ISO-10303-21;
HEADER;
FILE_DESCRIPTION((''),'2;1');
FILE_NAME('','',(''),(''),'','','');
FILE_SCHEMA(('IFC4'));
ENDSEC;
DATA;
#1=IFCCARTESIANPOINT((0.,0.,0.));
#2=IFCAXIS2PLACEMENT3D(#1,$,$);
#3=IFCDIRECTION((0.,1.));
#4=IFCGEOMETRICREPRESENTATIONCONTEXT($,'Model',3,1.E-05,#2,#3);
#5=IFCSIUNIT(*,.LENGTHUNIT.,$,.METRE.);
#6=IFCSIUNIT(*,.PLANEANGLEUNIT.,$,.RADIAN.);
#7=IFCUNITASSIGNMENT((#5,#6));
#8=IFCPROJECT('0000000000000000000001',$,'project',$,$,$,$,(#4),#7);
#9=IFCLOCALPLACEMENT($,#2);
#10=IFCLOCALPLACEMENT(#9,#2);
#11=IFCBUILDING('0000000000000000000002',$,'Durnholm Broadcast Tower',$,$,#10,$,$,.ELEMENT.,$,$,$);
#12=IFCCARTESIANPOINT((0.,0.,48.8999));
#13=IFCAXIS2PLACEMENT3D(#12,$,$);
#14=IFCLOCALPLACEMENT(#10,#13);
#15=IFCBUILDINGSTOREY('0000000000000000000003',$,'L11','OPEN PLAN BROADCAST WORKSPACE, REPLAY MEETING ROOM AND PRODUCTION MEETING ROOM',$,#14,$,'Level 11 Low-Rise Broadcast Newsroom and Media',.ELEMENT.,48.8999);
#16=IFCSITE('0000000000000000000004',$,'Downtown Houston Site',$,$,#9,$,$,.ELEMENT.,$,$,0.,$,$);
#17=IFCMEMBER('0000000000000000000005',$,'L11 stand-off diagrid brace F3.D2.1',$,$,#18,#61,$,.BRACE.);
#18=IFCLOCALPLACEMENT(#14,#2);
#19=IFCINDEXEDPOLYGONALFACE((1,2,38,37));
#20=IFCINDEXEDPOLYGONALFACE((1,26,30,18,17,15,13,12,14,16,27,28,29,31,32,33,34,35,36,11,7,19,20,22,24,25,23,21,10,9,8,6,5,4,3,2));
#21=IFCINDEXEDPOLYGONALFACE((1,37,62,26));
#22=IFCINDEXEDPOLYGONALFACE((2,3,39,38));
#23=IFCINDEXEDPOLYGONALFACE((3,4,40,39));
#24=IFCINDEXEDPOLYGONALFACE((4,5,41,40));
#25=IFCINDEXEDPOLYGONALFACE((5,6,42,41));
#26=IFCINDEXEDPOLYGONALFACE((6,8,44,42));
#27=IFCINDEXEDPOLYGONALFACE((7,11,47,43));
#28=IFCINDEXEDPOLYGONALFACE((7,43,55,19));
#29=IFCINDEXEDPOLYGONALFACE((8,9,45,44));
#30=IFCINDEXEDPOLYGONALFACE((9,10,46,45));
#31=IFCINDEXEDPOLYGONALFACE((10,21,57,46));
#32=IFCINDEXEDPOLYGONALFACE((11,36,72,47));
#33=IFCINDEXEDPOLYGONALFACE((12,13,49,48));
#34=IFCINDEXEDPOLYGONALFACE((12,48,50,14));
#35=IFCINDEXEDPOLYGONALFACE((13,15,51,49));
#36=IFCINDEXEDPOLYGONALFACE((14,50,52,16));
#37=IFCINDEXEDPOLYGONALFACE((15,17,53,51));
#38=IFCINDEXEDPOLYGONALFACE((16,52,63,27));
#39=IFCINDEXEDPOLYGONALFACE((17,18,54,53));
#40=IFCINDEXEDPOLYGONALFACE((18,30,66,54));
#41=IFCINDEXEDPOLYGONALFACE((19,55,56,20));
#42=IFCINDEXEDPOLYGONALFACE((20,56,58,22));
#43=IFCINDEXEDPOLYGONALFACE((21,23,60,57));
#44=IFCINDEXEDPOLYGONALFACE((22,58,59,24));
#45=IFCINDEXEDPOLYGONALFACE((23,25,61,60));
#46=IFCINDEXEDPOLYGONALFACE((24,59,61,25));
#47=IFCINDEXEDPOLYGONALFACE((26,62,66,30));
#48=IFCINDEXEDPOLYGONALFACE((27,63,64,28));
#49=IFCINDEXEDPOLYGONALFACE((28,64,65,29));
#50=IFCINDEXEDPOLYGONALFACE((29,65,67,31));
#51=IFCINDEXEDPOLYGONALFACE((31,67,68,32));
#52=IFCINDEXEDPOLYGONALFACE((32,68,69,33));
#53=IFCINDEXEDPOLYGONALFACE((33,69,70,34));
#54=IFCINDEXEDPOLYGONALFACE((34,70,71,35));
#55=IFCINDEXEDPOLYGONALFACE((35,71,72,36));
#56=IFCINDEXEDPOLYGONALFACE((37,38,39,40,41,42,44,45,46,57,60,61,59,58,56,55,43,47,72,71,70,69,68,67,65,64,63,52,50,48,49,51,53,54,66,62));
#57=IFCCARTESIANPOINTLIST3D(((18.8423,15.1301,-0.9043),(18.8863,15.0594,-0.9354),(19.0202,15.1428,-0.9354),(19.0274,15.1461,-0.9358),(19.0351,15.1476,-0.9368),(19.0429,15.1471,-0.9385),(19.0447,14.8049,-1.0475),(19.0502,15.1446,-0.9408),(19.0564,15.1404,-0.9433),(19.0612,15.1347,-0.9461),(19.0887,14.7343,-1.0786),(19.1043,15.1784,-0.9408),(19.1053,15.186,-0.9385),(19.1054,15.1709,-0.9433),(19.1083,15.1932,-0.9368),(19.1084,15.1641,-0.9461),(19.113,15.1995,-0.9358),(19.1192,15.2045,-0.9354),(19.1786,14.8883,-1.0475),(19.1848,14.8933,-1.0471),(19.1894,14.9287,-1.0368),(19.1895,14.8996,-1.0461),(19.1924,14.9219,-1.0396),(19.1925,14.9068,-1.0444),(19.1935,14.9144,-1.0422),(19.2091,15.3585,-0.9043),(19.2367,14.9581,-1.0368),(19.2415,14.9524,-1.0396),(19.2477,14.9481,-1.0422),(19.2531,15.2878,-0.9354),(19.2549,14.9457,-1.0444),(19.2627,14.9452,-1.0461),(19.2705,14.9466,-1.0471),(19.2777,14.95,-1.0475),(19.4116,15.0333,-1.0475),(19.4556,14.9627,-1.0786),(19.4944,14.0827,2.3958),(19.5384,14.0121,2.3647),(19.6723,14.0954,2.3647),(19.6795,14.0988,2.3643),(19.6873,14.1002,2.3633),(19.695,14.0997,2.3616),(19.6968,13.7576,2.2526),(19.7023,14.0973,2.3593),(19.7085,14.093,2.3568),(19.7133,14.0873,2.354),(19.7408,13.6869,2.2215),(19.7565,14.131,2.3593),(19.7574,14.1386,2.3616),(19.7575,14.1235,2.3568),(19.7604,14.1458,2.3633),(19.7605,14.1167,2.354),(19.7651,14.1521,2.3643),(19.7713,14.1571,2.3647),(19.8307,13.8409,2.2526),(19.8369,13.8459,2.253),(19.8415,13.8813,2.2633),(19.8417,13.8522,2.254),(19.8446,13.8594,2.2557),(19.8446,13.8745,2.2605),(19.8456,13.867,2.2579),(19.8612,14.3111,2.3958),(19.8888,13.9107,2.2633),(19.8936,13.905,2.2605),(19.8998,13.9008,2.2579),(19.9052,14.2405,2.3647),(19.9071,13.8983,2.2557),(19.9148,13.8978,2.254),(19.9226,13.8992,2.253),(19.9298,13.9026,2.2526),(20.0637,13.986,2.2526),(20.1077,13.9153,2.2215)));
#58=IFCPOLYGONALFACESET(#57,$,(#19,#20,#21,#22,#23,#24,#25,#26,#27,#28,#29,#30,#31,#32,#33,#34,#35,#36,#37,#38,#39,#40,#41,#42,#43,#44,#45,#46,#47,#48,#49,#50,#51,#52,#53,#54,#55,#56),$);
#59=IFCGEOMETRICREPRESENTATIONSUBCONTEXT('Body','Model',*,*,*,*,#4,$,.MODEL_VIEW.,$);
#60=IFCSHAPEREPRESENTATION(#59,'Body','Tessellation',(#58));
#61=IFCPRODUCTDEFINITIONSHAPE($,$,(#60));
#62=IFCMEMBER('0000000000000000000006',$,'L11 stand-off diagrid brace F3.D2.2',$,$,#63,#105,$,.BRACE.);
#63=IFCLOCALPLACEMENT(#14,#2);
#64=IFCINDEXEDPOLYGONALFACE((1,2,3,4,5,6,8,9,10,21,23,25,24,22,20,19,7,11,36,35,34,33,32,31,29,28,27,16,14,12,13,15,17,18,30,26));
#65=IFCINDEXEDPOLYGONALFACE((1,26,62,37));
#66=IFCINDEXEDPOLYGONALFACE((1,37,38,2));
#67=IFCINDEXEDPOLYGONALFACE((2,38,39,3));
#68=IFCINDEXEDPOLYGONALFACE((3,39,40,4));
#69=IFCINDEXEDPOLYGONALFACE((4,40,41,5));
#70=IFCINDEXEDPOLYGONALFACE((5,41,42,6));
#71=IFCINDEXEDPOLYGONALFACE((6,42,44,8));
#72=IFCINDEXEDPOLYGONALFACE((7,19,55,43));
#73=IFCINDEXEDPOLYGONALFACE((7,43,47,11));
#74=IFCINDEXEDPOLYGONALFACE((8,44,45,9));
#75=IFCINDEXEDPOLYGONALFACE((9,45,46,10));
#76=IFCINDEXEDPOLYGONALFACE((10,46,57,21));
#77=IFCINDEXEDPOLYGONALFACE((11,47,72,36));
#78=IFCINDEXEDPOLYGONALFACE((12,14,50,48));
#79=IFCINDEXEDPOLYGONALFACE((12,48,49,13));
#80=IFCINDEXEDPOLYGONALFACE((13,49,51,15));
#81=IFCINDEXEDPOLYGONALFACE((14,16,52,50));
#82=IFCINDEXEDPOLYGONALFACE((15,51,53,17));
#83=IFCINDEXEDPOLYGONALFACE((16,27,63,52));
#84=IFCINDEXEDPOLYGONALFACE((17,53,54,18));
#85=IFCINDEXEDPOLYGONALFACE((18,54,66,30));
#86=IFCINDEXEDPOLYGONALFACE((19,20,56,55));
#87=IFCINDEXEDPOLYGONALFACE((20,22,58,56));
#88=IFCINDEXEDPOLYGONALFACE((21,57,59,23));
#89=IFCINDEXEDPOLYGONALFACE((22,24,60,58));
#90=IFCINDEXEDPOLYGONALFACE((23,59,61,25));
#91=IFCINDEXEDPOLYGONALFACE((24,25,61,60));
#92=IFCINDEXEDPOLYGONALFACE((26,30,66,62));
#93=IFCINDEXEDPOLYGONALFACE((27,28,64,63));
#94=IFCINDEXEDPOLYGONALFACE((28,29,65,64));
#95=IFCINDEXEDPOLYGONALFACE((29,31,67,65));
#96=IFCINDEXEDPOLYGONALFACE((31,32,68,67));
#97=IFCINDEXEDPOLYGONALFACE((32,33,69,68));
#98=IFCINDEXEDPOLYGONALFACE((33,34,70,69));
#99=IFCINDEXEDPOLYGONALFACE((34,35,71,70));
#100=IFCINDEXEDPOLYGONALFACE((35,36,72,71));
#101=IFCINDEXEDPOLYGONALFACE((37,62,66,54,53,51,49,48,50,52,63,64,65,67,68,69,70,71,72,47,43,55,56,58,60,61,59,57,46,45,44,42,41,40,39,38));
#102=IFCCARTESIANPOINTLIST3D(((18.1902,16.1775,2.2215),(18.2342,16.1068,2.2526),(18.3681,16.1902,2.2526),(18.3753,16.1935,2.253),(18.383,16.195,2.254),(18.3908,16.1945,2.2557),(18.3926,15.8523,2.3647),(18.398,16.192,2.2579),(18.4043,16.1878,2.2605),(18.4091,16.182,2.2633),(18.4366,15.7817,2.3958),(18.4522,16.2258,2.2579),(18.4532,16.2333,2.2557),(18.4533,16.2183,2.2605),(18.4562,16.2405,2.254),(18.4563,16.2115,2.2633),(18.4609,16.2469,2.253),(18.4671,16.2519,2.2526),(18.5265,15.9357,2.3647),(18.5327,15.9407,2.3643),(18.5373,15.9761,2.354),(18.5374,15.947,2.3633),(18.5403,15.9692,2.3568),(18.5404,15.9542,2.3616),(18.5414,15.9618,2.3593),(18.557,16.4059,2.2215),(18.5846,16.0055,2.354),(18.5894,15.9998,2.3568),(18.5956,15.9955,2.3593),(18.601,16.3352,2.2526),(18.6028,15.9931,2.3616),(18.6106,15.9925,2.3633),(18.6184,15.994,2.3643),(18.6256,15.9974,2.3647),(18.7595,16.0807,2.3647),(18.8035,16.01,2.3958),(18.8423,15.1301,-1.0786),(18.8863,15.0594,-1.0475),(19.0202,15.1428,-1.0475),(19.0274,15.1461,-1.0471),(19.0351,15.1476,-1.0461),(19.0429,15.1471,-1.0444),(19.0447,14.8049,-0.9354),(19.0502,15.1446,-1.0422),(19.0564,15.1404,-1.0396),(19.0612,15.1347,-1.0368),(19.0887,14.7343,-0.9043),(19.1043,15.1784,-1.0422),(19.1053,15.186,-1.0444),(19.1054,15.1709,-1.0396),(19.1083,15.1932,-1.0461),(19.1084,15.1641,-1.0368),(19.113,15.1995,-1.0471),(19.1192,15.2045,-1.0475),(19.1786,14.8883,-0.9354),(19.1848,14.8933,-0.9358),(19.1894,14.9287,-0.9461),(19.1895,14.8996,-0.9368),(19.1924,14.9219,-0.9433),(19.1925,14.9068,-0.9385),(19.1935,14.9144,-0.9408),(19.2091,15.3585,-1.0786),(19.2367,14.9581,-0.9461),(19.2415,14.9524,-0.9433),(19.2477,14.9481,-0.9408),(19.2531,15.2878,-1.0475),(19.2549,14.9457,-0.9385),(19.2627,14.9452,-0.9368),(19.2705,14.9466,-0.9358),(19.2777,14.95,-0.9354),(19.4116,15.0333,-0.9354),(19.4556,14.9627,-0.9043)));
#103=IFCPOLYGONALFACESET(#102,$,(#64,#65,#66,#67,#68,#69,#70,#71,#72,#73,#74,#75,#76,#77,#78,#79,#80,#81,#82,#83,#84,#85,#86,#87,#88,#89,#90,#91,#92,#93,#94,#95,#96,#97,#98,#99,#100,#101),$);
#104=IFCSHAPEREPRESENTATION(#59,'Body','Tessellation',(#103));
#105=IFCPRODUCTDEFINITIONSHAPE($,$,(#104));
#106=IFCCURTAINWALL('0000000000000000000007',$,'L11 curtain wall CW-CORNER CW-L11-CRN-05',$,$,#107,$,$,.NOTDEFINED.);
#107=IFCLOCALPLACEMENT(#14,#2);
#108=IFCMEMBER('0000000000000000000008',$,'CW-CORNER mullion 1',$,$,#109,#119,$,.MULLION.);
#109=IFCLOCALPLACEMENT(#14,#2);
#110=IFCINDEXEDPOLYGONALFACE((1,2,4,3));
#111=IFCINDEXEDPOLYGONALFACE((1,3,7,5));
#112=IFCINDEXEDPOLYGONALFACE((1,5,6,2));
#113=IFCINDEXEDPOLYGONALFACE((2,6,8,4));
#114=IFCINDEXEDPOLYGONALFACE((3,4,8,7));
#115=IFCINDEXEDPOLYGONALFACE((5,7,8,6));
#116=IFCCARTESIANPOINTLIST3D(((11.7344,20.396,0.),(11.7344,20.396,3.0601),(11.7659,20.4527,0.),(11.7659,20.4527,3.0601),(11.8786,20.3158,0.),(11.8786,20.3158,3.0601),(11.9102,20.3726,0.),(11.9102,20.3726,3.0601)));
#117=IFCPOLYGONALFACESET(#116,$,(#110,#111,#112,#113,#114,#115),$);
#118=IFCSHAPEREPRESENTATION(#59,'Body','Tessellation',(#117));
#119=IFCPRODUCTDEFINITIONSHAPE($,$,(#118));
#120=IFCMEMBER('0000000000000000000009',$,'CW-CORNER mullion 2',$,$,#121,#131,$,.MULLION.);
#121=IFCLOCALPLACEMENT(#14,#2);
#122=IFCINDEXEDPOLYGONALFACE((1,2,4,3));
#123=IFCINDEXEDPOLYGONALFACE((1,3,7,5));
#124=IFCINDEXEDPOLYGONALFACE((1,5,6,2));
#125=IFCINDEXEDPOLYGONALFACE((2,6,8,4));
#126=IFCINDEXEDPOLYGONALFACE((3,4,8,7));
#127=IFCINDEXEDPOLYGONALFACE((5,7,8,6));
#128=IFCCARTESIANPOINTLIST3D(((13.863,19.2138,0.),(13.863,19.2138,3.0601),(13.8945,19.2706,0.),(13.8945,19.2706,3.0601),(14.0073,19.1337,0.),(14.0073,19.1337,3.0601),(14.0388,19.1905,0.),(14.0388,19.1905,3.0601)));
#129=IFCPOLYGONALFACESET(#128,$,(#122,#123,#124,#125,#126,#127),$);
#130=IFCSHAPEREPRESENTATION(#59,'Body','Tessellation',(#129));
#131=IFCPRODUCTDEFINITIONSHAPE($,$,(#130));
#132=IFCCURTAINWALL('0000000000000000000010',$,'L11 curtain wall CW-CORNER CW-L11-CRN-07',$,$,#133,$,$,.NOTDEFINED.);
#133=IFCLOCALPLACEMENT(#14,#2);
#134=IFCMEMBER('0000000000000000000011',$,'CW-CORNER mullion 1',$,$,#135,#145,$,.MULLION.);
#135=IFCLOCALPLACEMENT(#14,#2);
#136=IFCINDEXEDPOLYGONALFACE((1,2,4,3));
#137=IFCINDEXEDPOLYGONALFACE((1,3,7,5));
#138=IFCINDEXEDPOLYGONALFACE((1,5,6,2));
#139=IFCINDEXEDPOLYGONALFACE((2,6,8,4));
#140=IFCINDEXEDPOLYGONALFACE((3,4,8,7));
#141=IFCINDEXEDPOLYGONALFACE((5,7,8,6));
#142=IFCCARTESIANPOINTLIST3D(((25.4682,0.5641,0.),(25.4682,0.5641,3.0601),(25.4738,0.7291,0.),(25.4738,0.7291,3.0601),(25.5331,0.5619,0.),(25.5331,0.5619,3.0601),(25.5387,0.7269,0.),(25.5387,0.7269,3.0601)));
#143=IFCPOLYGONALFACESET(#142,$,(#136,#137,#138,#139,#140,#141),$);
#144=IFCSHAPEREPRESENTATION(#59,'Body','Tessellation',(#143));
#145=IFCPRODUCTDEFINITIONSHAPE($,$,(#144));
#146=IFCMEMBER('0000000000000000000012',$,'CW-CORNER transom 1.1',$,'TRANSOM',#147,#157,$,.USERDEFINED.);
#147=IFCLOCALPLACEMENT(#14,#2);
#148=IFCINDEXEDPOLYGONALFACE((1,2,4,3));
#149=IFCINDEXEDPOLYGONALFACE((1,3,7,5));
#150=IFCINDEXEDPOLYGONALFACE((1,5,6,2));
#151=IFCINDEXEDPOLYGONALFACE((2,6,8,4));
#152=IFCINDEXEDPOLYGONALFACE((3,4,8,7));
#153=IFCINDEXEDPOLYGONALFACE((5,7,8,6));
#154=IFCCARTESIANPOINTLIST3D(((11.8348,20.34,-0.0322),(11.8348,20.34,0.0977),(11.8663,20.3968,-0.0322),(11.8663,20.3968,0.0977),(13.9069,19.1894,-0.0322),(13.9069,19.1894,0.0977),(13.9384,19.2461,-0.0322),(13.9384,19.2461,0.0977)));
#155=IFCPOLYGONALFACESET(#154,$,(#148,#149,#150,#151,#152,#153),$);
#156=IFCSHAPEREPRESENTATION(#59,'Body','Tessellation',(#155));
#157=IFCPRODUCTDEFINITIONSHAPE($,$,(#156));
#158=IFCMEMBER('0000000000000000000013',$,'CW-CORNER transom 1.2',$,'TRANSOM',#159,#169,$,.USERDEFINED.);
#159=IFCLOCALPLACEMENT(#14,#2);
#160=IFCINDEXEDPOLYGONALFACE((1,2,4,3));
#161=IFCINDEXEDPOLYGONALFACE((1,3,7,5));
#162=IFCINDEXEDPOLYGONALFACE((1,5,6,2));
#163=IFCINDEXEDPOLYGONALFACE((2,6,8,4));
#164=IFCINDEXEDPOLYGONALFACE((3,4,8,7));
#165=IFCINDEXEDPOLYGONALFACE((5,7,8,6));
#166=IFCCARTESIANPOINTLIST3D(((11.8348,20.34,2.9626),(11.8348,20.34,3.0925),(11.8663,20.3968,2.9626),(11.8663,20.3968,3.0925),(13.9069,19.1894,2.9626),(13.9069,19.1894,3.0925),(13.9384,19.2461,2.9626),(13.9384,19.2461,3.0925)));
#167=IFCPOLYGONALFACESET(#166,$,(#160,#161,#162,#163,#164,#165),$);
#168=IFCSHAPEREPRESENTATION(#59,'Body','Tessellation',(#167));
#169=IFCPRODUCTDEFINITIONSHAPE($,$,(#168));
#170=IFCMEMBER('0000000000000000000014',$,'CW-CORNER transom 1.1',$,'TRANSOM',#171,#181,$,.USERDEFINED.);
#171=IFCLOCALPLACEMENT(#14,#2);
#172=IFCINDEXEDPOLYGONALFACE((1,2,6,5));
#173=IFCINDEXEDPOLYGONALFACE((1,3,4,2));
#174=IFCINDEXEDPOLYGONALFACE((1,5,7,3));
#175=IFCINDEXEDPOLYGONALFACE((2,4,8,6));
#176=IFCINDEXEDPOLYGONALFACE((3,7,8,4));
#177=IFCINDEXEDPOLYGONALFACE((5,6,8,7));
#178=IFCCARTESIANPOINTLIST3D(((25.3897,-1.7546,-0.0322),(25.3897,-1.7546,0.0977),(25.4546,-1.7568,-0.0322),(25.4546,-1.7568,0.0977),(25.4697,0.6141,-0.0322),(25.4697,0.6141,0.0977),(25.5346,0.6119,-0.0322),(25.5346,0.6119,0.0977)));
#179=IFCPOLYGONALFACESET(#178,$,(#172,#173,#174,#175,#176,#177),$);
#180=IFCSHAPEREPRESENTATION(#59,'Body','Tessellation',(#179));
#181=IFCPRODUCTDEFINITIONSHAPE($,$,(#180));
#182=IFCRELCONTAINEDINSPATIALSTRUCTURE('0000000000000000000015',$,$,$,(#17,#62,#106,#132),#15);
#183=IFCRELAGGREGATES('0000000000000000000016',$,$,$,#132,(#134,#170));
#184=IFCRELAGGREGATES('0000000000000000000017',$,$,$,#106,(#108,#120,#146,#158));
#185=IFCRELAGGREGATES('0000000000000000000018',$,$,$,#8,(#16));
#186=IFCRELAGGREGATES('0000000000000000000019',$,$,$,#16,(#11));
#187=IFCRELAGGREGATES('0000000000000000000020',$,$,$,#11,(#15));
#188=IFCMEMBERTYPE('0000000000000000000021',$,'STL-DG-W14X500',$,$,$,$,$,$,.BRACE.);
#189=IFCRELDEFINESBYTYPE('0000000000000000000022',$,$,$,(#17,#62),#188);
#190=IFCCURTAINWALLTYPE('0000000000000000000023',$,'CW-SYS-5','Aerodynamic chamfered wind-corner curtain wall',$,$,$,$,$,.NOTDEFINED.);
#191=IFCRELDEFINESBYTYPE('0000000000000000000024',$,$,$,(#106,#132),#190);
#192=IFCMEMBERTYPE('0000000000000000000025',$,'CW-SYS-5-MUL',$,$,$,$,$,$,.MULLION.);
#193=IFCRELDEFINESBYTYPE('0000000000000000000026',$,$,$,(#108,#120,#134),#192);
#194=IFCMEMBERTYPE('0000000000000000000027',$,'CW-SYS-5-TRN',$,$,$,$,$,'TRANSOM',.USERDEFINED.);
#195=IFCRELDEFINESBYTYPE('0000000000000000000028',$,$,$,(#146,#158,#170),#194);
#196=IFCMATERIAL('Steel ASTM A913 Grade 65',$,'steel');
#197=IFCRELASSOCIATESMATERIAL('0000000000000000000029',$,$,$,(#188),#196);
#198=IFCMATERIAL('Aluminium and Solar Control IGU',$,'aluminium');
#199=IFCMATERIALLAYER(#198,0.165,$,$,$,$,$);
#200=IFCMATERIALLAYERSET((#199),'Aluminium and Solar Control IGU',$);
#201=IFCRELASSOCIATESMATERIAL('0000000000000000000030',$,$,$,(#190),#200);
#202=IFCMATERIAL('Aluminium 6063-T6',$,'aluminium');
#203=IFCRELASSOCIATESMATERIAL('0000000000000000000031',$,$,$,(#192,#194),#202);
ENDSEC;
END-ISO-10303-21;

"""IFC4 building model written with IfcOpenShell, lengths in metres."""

from ifc_helpers import new_model, si_unit, direction, frame, origin, origin_2d, place, context, subcontext, project, spatial, rectangle, i_section, extrude, source, transform, mapped, material, layer, layer_set, material_profile, profile_set, type_object, type_shapes, element, aggregate, save


model = new_model("IFC4")

# Units and contexts
model_context = context("Model", 3, precision=1e-05, world=origin(), true_north=direction((0.0, 1.0)))
body_context = subcontext(model_context, "Body", "Model", "MODEL_VIEW")
ifc_project = project(units=[si_unit("LENGTHUNIT", "METRE"), si_unit("PLANEANGLEUNIT", "RADIAN")], contexts=[model_context])

# Site, building, storey
site_placement = place(None, origin())
site = spatial("IfcSite", under=ifc_project, at=site_placement, Name="Downtown Houston Site", CompositionType="ELEMENT", RefElevation=0.0)
building_placement = place(site_placement, origin())
building = spatial("IfcBuilding", under=site, at=building_placement, Name="Durnholm Broadcast Tower", CompositionType="ELEMENT")
storey_placement = place(building_placement, frame((0.0, 0.0, 48.8999)))
storey = spatial("IfcBuildingStorey", under=building, at=storey_placement, Name="L11", Description="OPEN PLAN BROADCAST WORKSPACE, REPLAY MEETING ROOM AND PRODUCTION MEETING ROOM", LongName="Level 11 Low-Rise Broadcast Newsroom and Media", CompositionType="ELEMENT", Elevation=48.8999)

# Members
ifc_material_1 = material(Name="Steel ASTM A913 Grade 65", Category="steel")
ifc_material_profile_1 = material_profile(ifc_material_1, i_section(OverallWidth=0.4321, OverallDepth=0.4978, WebThickness=0.0557, FlangeThickness=0.0889, FilletRadius=0.0305, at=origin_2d()), Name="W14X500")
ifc_profile_set_1 = profile_set([ifc_material_profile_1], Name="Steel ASTM A913 Grade 65")
member_type_1 = type_object("IfcMemberType", Name="STL-DG-W14X500", PredefinedType="BRACE", material=ifc_profile_set_1)
shared_shape_1 = source(origin(), body_context, "Body", "SweptSolid", [
    extrude(i_section(OverallWidth=0.4321, OverallDepth=0.4978, WebThickness=0.0557, FlangeThickness=0.0889, FilletRadius=0.0305, at=origin_2d()), origin(), (0.0, 0.0, 1.0), 3.5232),
])
type_shapes(member_type_1, [shared_shape_1])
for number, where, z_axis, x_axis, name in (
    (1, (19.1489, 15.0464, -0.9915), (0.18509, -0.297281, 0.936678), (0.848909, 0.52854, 0.0), "L11 stand-off diagrid brace F3.D2.1"),
    (2, (19.1489, 15.0464, -0.9915), (-0.18509, 0.297281, 0.936678), (-0.848909, -0.52854, 0.0), "L11 stand-off diagrid brace F3.D2.2"),
):
    element("IfcMember", number, at=place(storey_placement, frame(where, z_axis=z_axis, x_axis=x_axis)), inside=storey, type_object=member_type_1, Name=name, PredefinedType="BRACE", context=body_context, shape_type="MappedRepresentation", body=[
        mapped(shared_shape_1, transform((0.0, 0.0, 0.0), x_axis=(1.0, 0.0, 0.0), y_axis=(0.0, 1.0, 0.0), z_axis=(0.0, 0.0, 1.0), scale=1.0)),
    ])

# Curtain wall, members
ifc_material_2 = material(Name="Aluminium and Solar Control IGU", Category="aluminium")
ifc_layer_1 = layer(ifc_material_2, 0.165)
ifc_layer_set_1 = layer_set([ifc_layer_1], Name="Aluminium and Solar Control IGU")
curtain_wall_type_1 = type_object("IfcCurtainWallType", Name="CW-SYS-5", Description="Aerodynamic chamfered wind-corner curtain wall", PredefinedType="NOTDEFINED", material=ifc_layer_set_1)
curtain_wall_1_placement = place(storey_placement, origin())
curtain_wall_1 = element("IfcCurtainWall", 3, at=curtain_wall_1_placement, inside=storey, type_object=curtain_wall_type_1, Name="L11 curtain wall CW-CORNER CW-L11-CRN-05", PredefinedType="NOTDEFINED")
ifc_material_3 = material(Name="Aluminium 6063-T6", Category="aluminium")
ifc_material_profile_2 = material_profile(ifc_material_3, rectangle(XDim=0.0649, YDim=0.165, at=origin_2d()), Name="CWM65X165")
ifc_profile_set_2 = profile_set([ifc_material_profile_2], Name="Aluminium 6063-T6")
member_type_2 = type_object("IfcMemberType", Name="CW-SYS-5-MUL", PredefinedType="MULLION", material=ifc_profile_set_2)
shared_shape_2 = source(origin(), body_context, "Body", "SweptSolid", [
    extrude(rectangle(XDim=0.0649, YDim=0.165, at=origin_2d()), origin(), (0.0, 0.0, 1.0), 3.0601),
])
type_shapes(member_type_2, [shared_shape_2])
member_1_placement = place(storey_placement, frame((11.8223, 20.3843, 0.0), z_axis=(0.0, 0.0, 1.0), x_axis=(0.485483, 0.874246, 0.0)))
member_1 = element("IfcMember", 4, at=member_1_placement, type_object=member_type_2, Name="CW-CORNER mullion 1", PredefinedType="MULLION", context=body_context, shape_type="MappedRepresentation", body=[
    mapped(shared_shape_2, transform((0.0, 0.0, 0.0), x_axis=(1.0, 0.0, 0.0), y_axis=(0.0, 1.0, 0.0), z_axis=(0.0, 0.0, 1.0), scale=1.0)),
])
member_2_placement = place(storey_placement, frame((13.9509, 19.2021, 0.0), z_axis=(0.0, 0.0, 1.0), x_axis=(0.485483, 0.874246, 0.0)))
member_2 = element("IfcMember", 5, at=member_2_placement, type_object=member_type_2, Name="CW-CORNER mullion 2", PredefinedType="MULLION", context=body_context, shape_type="MappedRepresentation", body=[
    mapped(shared_shape_2, transform((0.0, 0.0, 0.0), x_axis=(1.0, 0.0, 0.0), y_axis=(0.0, 1.0, 0.0), z_axis=(0.0, 0.0, 1.0), scale=1.0)),
])

# Curtain wall, member
curtain_wall_2_placement = place(storey_placement, origin())
curtain_wall_2 = element("IfcCurtainWall", 6, at=curtain_wall_2_placement, inside=storey, type_object=curtain_wall_type_1, Name="L11 curtain wall CW-CORNER CW-L11-CRN-07", PredefinedType="NOTDEFINED")
member_3_placement = place(storey_placement, frame((25.5034, 0.6455, 0.0), z_axis=(0.0, 0.0, 1.0), x_axis=(0.999427, -0.03384, 0.0)))
member_3 = element("IfcMember", 7, at=member_3_placement, type_object=member_type_2, Name="CW-CORNER mullion 1", PredefinedType="MULLION", context=body_context, shape_type="MappedRepresentation", body=[
    mapped(shared_shape_2, transform((0.0, 0.0, 0.0), x_axis=(1.0, 0.0, 0.0), y_axis=(0.0, 1.0, 0.0), z_axis=(0.0, 0.0, 1.0), scale=1.0)),
])

# Members
ifc_material_profile_3 = material_profile(ifc_material_3, rectangle(XDim=0.0649, YDim=0.1299, at=origin_2d()), Name="CWT65X130")
ifc_profile_set_3 = profile_set([ifc_material_profile_3], Name="Aluminium 6063-T6")
member_type_3 = type_object("IfcMemberType", Name="CW-SYS-5-TRN", ElementType="TRANSOM", PredefinedType="USERDEFINED", material=ifc_profile_set_3)
shared_shape_3 = source(origin(), body_context, "Body", "SweptSolid", [
    extrude(rectangle(XDim=0.0649, YDim=0.1299, at=origin_2d()), origin(), (0.0, 0.0, 1.0), 2.3701),
])
type_shapes(member_type_3, [shared_shape_3])
member_4_placement = place(storey_placement, frame((11.8506, 20.3684, 0.0327), z_axis=(0.874245, -0.485485, 0.0), x_axis=(0.485485, 0.874245, 0.0)))
member_4 = element("IfcMember", 8, at=member_4_placement, type_object=member_type_3, Name="CW-CORNER transom 1.1", ObjectType="TRANSOM", PredefinedType="USERDEFINED", context=body_context, shape_type="MappedRepresentation", body=[
    mapped(shared_shape_3, transform((0.0, 0.0, 0.0), x_axis=(1.0, 0.0, 0.0), y_axis=(0.0, 1.0, 0.0), z_axis=(0.0, 0.0, 1.0), scale=1.0)),
])
member_5_placement = place(storey_placement, frame((11.8506, 20.3684, 3.0276), z_axis=(0.874245, -0.485485, 0.0), x_axis=(0.485485, 0.874245, 0.0)))
member_5 = element("IfcMember", 9, at=member_5_placement, type_object=member_type_3, Name="CW-CORNER transom 1.2", ObjectType="TRANSOM", PredefinedType="USERDEFINED", context=body_context, shape_type="MappedRepresentation", body=[
    mapped(shared_shape_3, transform((0.0, 0.0, 0.0), x_axis=(1.0, 0.0, 0.0), y_axis=(0.0, 1.0, 0.0), z_axis=(0.0, 0.0, 1.0), scale=1.0)),
])
member_6_placement = place(storey_placement, frame((25.5022, 0.613, 0.0327), z_axis=(-0.033788, -0.999429, 0.0), x_axis=(0.999429, -0.033788, 0.0)))
member_6 = element("IfcMember", 10, at=member_6_placement, type_object=member_type_3, Name="CW-CORNER transom 1.1", ObjectType="TRANSOM", PredefinedType="USERDEFINED", context=body_context, shape_type="MappedRepresentation", body=[
    mapped(shared_shape_3, transform((0.0, 0.0, 0.0), x_axis=(1.0, 0.0, 0.0), y_axis=(0.0, 1.0, 0.0), z_axis=(0.0, 0.0, 1.0), scale=1.0)),
])
aggregate(curtain_wall_2, [member_3, member_6])

aggregate(curtain_wall_1, [member_1, member_2, member_4, member_5])

save(model, "model.ifc")
